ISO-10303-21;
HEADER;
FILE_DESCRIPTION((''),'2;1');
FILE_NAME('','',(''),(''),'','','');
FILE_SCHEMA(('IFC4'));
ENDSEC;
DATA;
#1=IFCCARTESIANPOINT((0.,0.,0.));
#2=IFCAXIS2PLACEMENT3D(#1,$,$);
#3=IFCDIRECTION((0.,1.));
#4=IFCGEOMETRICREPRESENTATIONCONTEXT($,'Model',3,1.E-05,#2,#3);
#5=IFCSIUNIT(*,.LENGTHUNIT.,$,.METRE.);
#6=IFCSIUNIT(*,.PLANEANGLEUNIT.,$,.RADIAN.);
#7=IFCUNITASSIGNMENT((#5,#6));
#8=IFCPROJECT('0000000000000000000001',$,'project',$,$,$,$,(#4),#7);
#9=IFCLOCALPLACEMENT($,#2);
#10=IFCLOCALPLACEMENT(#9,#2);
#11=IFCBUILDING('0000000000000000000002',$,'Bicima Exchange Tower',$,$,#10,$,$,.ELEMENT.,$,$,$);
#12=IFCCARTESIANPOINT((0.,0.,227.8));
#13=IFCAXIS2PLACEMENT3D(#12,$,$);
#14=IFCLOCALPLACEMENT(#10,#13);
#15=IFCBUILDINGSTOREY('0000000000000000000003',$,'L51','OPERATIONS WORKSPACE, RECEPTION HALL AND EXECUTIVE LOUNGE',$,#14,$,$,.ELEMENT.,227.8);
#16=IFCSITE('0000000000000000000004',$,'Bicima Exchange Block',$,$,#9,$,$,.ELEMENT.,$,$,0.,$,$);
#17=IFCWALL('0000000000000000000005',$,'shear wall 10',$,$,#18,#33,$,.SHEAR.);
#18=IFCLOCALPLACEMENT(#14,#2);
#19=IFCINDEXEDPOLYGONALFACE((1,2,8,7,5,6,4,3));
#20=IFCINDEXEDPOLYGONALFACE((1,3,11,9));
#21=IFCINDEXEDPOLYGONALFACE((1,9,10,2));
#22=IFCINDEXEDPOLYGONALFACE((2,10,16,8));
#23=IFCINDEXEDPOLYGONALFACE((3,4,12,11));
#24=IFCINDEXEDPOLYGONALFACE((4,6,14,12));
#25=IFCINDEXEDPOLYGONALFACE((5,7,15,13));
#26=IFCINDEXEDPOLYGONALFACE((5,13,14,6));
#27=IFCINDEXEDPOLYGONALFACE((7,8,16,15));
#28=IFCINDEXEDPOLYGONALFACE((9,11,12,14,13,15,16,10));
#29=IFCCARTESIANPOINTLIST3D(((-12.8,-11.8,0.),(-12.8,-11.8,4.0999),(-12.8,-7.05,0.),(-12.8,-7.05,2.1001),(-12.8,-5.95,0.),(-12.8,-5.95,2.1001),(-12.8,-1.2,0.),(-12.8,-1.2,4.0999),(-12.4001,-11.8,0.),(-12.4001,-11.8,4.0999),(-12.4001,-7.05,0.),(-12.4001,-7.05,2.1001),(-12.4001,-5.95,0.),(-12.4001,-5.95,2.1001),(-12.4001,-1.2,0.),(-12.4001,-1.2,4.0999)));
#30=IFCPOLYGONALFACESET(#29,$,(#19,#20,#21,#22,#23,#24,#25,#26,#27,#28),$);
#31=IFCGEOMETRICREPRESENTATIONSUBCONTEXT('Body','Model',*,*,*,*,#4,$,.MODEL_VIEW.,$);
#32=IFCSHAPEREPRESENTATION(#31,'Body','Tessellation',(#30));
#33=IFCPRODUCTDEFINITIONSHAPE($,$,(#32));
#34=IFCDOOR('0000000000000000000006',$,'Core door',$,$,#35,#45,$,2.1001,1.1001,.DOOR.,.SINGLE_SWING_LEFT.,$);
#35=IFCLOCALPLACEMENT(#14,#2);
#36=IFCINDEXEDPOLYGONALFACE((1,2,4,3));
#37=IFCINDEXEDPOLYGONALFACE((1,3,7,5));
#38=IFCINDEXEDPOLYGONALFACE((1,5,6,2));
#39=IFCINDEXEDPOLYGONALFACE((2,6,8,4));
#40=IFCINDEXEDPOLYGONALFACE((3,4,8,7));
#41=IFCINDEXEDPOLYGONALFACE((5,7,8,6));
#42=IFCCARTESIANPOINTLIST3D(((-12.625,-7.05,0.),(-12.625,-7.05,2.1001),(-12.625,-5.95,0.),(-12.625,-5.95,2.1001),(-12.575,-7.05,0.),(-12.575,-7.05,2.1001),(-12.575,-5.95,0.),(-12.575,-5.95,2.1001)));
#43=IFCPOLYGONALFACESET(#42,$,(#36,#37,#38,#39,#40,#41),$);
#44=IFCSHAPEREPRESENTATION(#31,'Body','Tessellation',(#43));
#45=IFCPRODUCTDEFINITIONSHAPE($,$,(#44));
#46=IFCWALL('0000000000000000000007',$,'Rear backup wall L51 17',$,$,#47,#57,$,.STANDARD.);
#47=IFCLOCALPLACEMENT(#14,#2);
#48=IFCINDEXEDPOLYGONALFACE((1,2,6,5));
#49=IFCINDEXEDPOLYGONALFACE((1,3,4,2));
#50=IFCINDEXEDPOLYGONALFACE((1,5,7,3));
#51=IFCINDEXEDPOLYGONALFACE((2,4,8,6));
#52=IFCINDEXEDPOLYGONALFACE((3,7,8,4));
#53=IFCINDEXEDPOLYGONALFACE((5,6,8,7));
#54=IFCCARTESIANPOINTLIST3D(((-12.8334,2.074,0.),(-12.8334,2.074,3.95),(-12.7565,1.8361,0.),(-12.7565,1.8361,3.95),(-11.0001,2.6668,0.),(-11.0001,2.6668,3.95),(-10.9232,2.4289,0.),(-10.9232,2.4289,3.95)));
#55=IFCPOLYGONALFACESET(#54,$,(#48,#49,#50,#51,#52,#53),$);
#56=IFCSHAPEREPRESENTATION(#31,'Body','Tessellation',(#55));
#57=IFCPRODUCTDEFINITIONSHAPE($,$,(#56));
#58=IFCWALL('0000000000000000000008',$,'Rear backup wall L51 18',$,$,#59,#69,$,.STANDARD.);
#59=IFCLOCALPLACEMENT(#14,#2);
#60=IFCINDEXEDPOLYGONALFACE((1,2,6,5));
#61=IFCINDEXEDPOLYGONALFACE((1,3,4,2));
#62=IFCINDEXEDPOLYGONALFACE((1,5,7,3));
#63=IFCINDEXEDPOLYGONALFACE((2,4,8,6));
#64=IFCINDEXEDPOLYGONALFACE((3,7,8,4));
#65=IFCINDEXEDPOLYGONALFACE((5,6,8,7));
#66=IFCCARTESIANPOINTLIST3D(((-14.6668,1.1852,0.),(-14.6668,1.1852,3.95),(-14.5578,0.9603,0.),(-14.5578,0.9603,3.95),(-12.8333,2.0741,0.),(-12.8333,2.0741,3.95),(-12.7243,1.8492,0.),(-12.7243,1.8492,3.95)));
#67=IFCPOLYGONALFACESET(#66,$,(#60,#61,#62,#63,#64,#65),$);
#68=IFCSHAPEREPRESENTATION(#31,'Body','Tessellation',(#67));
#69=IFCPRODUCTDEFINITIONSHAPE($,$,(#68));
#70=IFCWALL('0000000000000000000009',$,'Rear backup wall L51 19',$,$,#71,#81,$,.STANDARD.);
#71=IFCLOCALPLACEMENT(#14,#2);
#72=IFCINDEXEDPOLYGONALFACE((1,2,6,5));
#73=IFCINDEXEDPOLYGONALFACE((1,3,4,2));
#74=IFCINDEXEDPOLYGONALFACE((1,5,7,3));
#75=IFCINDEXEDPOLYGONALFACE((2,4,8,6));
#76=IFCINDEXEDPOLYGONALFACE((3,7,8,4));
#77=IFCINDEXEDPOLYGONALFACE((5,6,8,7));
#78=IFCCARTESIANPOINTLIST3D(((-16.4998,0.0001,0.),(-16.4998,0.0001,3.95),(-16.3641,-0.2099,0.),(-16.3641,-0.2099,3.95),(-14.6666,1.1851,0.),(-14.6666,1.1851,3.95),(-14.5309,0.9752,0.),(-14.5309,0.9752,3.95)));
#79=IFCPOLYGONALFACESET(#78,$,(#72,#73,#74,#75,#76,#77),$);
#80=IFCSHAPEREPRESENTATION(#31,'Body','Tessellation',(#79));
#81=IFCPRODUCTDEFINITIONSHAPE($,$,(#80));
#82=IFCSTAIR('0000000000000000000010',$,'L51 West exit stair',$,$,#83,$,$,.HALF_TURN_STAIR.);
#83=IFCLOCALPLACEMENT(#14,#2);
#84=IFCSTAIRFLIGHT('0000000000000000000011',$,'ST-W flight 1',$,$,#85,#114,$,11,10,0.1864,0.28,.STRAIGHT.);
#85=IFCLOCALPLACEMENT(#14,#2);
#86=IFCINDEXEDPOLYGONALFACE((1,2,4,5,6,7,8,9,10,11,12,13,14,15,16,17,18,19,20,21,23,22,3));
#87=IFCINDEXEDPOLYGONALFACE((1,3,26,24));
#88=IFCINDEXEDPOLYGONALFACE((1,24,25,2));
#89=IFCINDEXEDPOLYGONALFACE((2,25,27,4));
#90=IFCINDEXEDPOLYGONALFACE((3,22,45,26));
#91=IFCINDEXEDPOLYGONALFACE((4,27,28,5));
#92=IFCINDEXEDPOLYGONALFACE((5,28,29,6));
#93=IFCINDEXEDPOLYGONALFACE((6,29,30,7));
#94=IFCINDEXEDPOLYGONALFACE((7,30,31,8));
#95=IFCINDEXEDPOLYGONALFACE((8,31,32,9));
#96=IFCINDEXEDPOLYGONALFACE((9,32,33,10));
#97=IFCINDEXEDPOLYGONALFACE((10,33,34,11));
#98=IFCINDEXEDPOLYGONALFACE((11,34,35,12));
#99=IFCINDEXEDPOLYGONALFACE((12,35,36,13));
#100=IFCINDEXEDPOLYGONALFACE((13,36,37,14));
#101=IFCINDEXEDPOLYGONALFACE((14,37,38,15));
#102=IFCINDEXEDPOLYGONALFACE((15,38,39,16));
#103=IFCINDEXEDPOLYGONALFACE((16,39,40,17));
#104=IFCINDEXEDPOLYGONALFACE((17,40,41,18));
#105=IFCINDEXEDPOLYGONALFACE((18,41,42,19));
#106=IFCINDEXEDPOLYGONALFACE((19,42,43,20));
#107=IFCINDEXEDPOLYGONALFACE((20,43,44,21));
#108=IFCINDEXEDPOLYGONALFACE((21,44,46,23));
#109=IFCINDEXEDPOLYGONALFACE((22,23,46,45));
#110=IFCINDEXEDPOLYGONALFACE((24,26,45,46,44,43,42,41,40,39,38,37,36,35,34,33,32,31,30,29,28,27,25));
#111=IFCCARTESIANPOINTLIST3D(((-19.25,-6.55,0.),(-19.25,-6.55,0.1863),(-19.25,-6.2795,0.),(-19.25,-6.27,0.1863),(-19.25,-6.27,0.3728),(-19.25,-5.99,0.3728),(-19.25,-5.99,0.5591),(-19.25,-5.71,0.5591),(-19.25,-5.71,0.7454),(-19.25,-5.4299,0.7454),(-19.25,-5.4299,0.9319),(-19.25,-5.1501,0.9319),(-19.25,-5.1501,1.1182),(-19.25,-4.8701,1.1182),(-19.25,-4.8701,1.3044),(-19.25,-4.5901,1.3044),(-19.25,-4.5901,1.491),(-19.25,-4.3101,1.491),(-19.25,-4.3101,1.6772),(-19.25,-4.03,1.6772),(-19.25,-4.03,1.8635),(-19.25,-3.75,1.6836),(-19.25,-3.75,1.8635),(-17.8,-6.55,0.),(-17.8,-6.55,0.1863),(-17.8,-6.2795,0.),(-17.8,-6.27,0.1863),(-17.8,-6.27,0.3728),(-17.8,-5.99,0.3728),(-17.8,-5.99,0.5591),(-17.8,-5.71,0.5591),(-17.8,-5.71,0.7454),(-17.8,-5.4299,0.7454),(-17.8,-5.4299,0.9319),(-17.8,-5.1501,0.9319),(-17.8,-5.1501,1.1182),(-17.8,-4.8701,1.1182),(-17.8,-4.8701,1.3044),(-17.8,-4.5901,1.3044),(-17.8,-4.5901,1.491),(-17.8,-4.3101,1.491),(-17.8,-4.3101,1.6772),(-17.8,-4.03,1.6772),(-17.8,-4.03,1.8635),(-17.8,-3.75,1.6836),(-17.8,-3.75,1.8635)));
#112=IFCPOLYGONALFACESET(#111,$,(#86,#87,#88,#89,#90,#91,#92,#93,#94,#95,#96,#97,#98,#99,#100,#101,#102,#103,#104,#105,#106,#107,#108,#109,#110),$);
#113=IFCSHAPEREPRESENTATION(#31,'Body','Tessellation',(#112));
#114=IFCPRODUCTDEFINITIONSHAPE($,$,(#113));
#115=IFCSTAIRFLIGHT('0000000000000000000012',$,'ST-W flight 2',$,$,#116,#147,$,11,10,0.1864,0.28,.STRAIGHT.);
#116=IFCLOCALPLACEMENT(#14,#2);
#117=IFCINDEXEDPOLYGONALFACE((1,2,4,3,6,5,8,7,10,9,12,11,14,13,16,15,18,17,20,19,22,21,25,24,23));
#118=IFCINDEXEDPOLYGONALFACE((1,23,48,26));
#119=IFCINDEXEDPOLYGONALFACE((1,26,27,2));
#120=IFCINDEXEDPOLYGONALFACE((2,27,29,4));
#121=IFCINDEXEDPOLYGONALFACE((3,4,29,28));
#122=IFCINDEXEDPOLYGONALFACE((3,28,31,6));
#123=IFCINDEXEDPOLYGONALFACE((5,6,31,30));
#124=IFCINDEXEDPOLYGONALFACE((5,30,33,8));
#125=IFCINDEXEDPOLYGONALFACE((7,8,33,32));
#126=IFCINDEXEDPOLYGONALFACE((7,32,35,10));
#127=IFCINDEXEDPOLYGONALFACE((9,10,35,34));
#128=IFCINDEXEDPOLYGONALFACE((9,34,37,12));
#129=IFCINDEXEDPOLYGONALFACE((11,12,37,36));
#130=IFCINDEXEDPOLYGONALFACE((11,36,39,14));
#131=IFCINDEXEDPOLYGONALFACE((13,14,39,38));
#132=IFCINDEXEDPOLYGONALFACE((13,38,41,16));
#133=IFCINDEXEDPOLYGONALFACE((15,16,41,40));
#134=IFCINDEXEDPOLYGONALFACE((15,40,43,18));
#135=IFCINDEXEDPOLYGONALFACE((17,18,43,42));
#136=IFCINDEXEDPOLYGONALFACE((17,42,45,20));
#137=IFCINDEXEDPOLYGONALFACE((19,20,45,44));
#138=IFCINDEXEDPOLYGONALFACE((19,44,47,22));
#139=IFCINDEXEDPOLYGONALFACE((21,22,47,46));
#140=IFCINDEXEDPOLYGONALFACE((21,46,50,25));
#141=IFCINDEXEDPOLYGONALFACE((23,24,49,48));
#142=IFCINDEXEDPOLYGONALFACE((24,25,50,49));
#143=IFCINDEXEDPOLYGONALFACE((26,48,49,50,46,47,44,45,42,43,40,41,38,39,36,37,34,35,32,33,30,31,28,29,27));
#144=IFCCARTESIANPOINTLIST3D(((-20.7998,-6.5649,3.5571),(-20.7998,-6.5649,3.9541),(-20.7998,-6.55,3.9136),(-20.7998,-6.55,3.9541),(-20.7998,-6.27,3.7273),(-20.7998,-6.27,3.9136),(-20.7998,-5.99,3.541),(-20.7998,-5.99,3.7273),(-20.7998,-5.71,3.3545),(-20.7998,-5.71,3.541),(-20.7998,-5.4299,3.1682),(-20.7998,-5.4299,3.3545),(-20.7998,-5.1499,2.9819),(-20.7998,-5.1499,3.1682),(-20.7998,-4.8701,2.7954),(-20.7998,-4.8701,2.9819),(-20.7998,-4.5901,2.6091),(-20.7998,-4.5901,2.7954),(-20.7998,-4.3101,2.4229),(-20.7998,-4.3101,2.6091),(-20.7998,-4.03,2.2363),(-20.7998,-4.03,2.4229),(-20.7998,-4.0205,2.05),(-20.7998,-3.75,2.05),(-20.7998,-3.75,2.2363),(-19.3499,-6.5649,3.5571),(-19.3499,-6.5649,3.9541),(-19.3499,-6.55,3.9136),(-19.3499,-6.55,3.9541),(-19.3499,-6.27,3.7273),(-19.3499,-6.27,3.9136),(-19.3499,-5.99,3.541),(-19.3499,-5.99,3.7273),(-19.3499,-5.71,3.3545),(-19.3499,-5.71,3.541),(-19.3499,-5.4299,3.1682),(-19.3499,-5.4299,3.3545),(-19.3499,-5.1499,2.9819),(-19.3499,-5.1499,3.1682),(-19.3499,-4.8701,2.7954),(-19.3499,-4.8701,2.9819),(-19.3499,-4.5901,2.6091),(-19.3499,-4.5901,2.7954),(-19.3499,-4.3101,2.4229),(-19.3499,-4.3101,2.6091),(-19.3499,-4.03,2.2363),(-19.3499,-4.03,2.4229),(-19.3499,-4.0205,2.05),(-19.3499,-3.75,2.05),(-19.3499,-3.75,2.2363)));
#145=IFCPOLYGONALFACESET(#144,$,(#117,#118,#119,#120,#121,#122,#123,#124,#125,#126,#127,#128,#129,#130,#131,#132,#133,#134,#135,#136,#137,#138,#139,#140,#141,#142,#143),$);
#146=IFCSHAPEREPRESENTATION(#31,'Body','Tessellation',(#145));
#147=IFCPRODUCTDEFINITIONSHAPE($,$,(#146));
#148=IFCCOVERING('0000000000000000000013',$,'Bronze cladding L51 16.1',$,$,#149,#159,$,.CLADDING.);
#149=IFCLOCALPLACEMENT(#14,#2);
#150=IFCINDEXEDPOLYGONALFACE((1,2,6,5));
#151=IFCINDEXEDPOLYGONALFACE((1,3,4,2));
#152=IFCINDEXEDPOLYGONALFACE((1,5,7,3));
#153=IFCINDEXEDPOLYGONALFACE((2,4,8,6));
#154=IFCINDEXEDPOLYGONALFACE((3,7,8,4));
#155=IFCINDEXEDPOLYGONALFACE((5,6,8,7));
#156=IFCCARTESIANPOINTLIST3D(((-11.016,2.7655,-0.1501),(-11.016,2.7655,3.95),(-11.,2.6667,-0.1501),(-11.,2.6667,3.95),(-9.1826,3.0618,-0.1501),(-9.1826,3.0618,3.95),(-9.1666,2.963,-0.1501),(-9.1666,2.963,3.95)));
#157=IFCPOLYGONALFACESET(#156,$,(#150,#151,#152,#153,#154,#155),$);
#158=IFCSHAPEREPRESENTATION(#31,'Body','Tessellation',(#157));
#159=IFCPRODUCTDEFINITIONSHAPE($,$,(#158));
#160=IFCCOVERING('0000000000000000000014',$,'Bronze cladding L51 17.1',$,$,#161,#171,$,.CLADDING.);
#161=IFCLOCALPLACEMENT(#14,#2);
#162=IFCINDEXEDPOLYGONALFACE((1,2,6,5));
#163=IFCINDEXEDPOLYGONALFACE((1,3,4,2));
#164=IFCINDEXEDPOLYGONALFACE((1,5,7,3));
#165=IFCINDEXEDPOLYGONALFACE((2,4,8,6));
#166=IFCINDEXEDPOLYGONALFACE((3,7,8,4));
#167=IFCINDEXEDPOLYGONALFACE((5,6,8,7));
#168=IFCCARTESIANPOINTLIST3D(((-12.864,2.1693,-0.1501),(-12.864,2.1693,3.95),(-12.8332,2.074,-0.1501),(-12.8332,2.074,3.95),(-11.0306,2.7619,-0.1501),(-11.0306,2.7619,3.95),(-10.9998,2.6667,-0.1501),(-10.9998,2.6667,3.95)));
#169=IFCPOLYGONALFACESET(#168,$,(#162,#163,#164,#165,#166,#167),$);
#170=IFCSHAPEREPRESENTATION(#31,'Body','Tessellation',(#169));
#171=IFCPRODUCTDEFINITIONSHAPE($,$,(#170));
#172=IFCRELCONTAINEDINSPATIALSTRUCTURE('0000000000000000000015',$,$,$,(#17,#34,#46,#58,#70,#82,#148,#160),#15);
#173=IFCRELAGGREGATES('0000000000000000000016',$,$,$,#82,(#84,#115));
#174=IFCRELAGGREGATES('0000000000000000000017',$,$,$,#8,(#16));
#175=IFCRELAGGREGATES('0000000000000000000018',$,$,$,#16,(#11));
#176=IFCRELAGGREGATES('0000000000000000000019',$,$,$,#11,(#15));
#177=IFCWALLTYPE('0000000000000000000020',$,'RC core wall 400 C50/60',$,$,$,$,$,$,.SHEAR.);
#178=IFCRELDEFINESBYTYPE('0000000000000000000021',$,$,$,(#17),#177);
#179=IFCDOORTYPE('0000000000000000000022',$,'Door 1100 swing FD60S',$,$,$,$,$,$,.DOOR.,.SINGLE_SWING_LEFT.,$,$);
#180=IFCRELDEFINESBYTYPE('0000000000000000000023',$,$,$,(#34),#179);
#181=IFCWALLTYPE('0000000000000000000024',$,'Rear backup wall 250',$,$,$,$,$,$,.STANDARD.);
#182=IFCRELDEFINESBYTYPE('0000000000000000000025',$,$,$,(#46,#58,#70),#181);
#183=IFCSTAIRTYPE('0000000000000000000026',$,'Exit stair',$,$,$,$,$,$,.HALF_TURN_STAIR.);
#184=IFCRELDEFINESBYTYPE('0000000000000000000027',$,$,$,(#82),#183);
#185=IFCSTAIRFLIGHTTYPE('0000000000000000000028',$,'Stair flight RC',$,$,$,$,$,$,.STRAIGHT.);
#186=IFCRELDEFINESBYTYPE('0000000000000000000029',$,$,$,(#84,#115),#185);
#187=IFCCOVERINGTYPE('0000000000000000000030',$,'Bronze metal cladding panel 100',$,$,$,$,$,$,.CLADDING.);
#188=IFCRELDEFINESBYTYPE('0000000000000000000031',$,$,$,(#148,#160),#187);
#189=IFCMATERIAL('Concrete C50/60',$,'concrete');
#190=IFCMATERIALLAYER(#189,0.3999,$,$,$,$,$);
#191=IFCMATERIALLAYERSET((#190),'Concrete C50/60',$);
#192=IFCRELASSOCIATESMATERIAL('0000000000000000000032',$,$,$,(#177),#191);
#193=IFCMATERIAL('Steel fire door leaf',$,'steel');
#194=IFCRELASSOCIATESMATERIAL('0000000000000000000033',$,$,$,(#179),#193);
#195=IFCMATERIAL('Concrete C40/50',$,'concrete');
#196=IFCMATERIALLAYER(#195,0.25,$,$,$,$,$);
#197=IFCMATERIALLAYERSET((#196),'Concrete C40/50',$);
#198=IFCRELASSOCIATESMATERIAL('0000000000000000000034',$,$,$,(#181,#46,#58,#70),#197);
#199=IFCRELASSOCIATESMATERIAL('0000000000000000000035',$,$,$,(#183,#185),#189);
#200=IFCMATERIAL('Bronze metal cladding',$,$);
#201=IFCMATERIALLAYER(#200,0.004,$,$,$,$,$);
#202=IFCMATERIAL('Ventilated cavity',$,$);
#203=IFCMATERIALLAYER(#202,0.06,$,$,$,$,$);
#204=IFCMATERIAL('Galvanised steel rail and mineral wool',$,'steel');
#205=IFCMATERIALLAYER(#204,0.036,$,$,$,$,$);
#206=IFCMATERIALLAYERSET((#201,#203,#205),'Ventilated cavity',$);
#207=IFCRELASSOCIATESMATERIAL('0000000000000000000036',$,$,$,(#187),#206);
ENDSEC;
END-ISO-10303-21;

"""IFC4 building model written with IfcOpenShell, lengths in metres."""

from ifc_helpers import new_model, si_unit, direction, frame, frame_2d, origin, origin_2d, place, context, subcontext, project, spatial, polyline, rectangle, outline, extrude, material, layer, layer_set, layer_usage, type_object, element, fill, aggregate, save


model = new_model("IFC4")

# Units and contexts
model_context = context("Model", 3, precision=1e-05, world=origin(), true_north=direction((0.0, 1.0)))
body_context = subcontext(model_context, "Body", "Model", "MODEL_VIEW")
ifc_project = project(units=[si_unit("LENGTHUNIT", "METRE"), si_unit("PLANEANGLEUNIT", "RADIAN")], contexts=[model_context])

# Site, building, storey
site_placement = place(None, origin())
site = spatial("IfcSite", under=ifc_project, at=site_placement, Name="Bicima Exchange Block", CompositionType="ELEMENT", RefElevation=0.0)
building_placement = place(site_placement, origin())
building = spatial("IfcBuilding", under=site, at=building_placement, Name="Bicima Exchange Tower", CompositionType="ELEMENT")
storey_placement = place(building_placement, frame((0.0, 0.0, 227.8)))
storey = spatial("IfcBuildingStorey", under=building, at=storey_placement, Name="L51", Description="OPERATIONS WORKSPACE, RECEPTION HALL AND EXECUTIVE LOUNGE", CompositionType="ELEMENT", Elevation=227.8)

# Shared definitions
ifc_material_1 = material(Name="Concrete C50/60", Category="concrete")
ifc_layer_1 = layer(ifc_material_1, 0.3999)
ifc_layer_set_1 = layer_set([ifc_layer_1], Name="Concrete C50/60")
wall_type_1 = type_object("IfcWallType", Name="RC core wall 400 C50/60", PredefinedType="SHEAR", material=ifc_layer_set_1)
ifc_material_2 = material(Name="Steel fire door leaf", Category="steel")
door_type_1 = type_object("IfcDoorType", Name="Door 1100 swing FD60S", OperationType="SINGLE_SWING_LEFT", PredefinedType="DOOR", material=ifc_material_2)

# Wall, opening, door
wall_1_placement = place(storey_placement, frame((-12.6001, -11.8, 0.0), z_axis=(0.0, 0.0, 1.0), x_axis=(0.0, 1.0, 0.0)))
wall_1 = element("IfcWall", 1, at=wall_1_placement, inside=storey, type_object=wall_type_1, Name="shear wall 10", PredefinedType="SHEAR", context=body_context, shape_type="SweptSolid", body=[
    extrude(rectangle(XDim=10.6001, YDim=0.3999, at=frame_2d((5.3, 0.0))), origin(), (0.0, 0.0, 1.0), 4.0999),
])
opening_1_placement = place(wall_1_placement, frame((4.75, 0.0, 0.0)))
opening_1 = element("IfcOpeningElement", 2, at=opening_1_placement, cuts=wall_1, PredefinedType="OPENING", context=body_context, shape_type="SweptSolid", body=[
    extrude(rectangle(XDim=1.1001, YDim=2.1001, at=frame_2d((0.55, 1.05))), frame((0.0, 0.2119, 0.0), z_axis=(0.0, -1.0, 0.0), x_axis=(1.0, 0.0, 0.0)), (0.0, 0.0, 1.0), 0.4238),
])
door_1_placement = place(opening_1_placement, origin())
door_1 = element("IfcDoor", 3, at=door_1_placement, inside=storey, type_object=door_type_1, Name="Core door", OperationType="SINGLE_SWING_LEFT", OverallHeight=2.1001, OverallWidth=1.1001, PredefinedType="DOOR", context=body_context, shape_type="SweptSolid", body=[
    extrude(rectangle(XDim=1.1001, YDim=2.1001, at=frame_2d((0.55, 1.05))), frame((0.0, 0.0249, 0.0), z_axis=(0.0, -1.0, 0.0), x_axis=(1.0, 0.0, 0.0)), (0.0, 0.0, 1.0), 0.05),
])
fill(opening_1, door_1)

# Walls
ifc_material_3 = material(Name="Concrete C40/50", Category="concrete")
ifc_layer_2 = layer(ifc_material_3, 0.25)
ifc_layer_set_2 = layer_set([ifc_layer_2], Name="Concrete C40/50")
ifc_layer_usage = layer_usage(ifc_layer_set_2, "AXIS2", "POSITIVE", -0.125)
wall_type_2 = type_object("IfcWallType", Name="Rear backup wall 250", PredefinedType="STANDARD", material=ifc_layer_set_2)
wall_2_placement = place(storey_placement, frame((-10.9617, 2.5479, 0.0), z_axis=(0.0, 0.0, 1.0), x_axis=(-0.951496, -0.307662, 0.0)))
element("IfcWall", 4, at=wall_2_placement, inside=storey, type_object=wall_type_2, material=ifc_layer_usage, Name="Rear backup wall L51 17", PredefinedType="STANDARD", context=body_context, shape_type="SweptSolid", body=[
    extrude(rectangle(XDim=1.9268, YDim=0.25, at=frame_2d((0.9634, 0.0))), origin(), (0.0, 0.0, 1.0), 3.95),
])
wall_3_placement = place(storey_placement, frame((-12.7788, 1.9617, 0.0), z_axis=(0.0, 0.0, 1.0), x_axis=(-0.899824, -0.436253, 0.0)))
element("IfcWall", 5, at=wall_3_placement, inside=storey, type_object=wall_type_2, material=ifc_layer_usage, Name="Rear backup wall L51 18", PredefinedType="STANDARD", context=body_context, shape_type="SweptSolid", body=[
    extrude(rectangle(XDim=2.0376, YDim=0.25, at=frame_2d((1.0188, 0.0))), origin(), (0.0, 0.0, 1.0), 3.95),
])
wall_4_placement = place(storey_placement, frame((-14.5989, 1.0801, 0.0), z_axis=(0.0, 0.0, 1.0), x_axis=(-0.839813, -0.542876, 0.0)))
element("IfcWall", 6, at=wall_4_placement, inside=storey, type_object=wall_type_2, material=ifc_layer_usage, Name="Rear backup wall L51 19", PredefinedType="STANDARD", context=body_context, shape_type="SweptSolid", body=[
    extrude(rectangle(XDim=2.1829, YDim=0.25, at=frame_2d((1.0913, 0.0))), origin(), (0.0, 0.0, 1.0), 3.95),
])

# Stair, stair flights
stair_type = type_object("IfcStairType", Name="Exit stair", PredefinedType="HALF_TURN_STAIR", material=ifc_material_1)
stair_placement = place(storey_placement, origin())
stair = element("IfcStair", 7, at=stair_placement, inside=storey, type_object=stair_type, Name="L51 West exit stair", PredefinedType="HALF_TURN_STAIR")
stair_flight_type = type_object("IfcStairFlightType", Name="Stair flight RC", PredefinedType="STRAIGHT", material=ifc_material_1)
stair_flight_1_placement = place(storey_placement, frame((-18.5249, -6.55, 0.0), z_axis=(0.0, 0.0, 1.0), x_axis=(0.0, 1.0, 0.0)))
stair_flight_1 = element("IfcStairFlight", 8, at=stair_flight_1_placement, type_object=stair_flight_type, Name="ST-W flight 1", NumberOfRisers=11, NumberOfTreads=10, PredefinedType="STRAIGHT", RiserHeight=0.1864, TreadLength=0.28, context=body_context, shape_type="SweptSolid", body=[
    extrude(outline(polyline([(0.0, 0.0), (0.0, 0.1863), (0.28, 0.1863), (0.28, 0.3728), (0.5601, 0.3728), (0.5601, 0.5591), (0.8401, 0.5591), (0.8401, 0.7454), (1.1201, 0.7454), (1.1201, 0.9319), (1.3999, 0.9319), (1.3999, 1.1182), (1.6799, 1.1182), (1.6799, 1.3044), (1.96, 1.3044), (1.96, 1.491), (2.24, 1.491), (2.24, 1.6772), (2.52, 1.6772), (2.52, 1.8635), (2.8, 1.8635), (2.8, 2.05), (2.8, 1.6836), (0.2705, 0.0), (0.0, 0.0)])), frame((0.0, 0.7251, 0.0), z_axis=(0.0, -1.0, 0.0), x_axis=(1.0, 0.0, 0.0)), (0.0, 0.0, 1.0), 1.45),
])
stair_flight_2_placement = place(storey_placement, frame((-20.075, -3.75, 2.05), z_axis=(0.0, 0.0, 1.0), x_axis=(0.0, -1.0, 0.0)))
stair_flight_2 = element("IfcStairFlight", 9, at=stair_flight_2_placement, type_object=stair_flight_type, Name="ST-W flight 2", NumberOfRisers=11, NumberOfTreads=10, PredefinedType="STRAIGHT", RiserHeight=0.1864, TreadLength=0.28, context=body_context, shape_type="SweptSolid", body=[
    extrude(outline(polyline([(0.0, 0.0), (0.0, 0.1863), (0.28, 0.1863), (0.28, 0.3728), (0.5601, 0.3728), (0.5601, 0.5591), (0.8401, 0.5591), (0.8401, 0.7454), (1.1201, 0.7454), (1.1201, 0.9319), (1.3999, 0.9319), (1.3999, 1.1182), (1.6799, 1.1182), (1.6799, 1.3044), (1.96, 1.3044), (1.96, 1.491), (2.24, 1.491), (2.24, 1.6772), (2.52, 1.6772), (2.52, 1.8635), (2.8, 1.8635), (2.8, 1.9041), (2.8149, 1.9041), (2.8149, 1.5071), (0.2705, 0.0), (0.0, 0.0)])), frame((0.0, 0.7251, 0.0), z_axis=(0.0, -1.0, 0.0), x_axis=(1.0, 0.0, 0.0)), (0.0, 0.0, 1.0), 1.45),
])
aggregate(stair, [stair_flight_1, stair_flight_2])

# Coverings
ifc_material_4 = material(Name="Bronze metal cladding")
ifc_layer_3 = layer(ifc_material_4, 0.004)
ifc_material_5 = material(Name="Ventilated cavity")
ifc_layer_4 = layer(ifc_material_5, 0.06)
ifc_material_6 = material(Name="Galvanised steel rail and mineral wool", Category="steel")
ifc_layer_5 = layer(ifc_material_6, 0.036)
ifc_layer_set_3 = layer_set([ifc_layer_3, ifc_layer_4, ifc_layer_5], Name="Ventilated cavity")
covering_type = type_object("IfcCoveringType", Name="Bronze metal cladding panel 100", PredefinedType="CLADDING", material=ifc_layer_set_3)
covering_1_placement = place(storey_placement, frame((-10.0913, 2.8643, -0.1501), z_axis=(0.0, 0.0, 1.0), x_axis=(-0.98719, -0.15955, 0.0)))
element("IfcCovering", 10, at=covering_1_placement, inside=storey, type_object=covering_type, Name="Bronze cladding L51 16.1", PredefinedType="CLADDING", context=body_context, shape_type="SweptSolid", body=[
    extrude(rectangle(XDim=1.8572, YDim=0.1001, at=origin_2d()), origin(), (0.0, 0.0, 1.0), 4.1001),
])
covering_2_placement = place(storey_placement, frame((-11.9319, 2.418, -0.1501), z_axis=(0.0, 0.0, 1.0), x_axis=(-0.951525, -0.307573, 0.0)))
element("IfcCovering", 11, at=covering_2_placement, inside=storey, type_object=covering_type, Name="Bronze cladding L51 17.1", PredefinedType="CLADDING", context=body_context, shape_type="SweptSolid", body=[
    extrude(rectangle(XDim=1.9268, YDim=0.1001, at=origin_2d()), origin(), (0.0, 0.0, 1.0), 4.1001),
])

save(model, "model.ifc")
